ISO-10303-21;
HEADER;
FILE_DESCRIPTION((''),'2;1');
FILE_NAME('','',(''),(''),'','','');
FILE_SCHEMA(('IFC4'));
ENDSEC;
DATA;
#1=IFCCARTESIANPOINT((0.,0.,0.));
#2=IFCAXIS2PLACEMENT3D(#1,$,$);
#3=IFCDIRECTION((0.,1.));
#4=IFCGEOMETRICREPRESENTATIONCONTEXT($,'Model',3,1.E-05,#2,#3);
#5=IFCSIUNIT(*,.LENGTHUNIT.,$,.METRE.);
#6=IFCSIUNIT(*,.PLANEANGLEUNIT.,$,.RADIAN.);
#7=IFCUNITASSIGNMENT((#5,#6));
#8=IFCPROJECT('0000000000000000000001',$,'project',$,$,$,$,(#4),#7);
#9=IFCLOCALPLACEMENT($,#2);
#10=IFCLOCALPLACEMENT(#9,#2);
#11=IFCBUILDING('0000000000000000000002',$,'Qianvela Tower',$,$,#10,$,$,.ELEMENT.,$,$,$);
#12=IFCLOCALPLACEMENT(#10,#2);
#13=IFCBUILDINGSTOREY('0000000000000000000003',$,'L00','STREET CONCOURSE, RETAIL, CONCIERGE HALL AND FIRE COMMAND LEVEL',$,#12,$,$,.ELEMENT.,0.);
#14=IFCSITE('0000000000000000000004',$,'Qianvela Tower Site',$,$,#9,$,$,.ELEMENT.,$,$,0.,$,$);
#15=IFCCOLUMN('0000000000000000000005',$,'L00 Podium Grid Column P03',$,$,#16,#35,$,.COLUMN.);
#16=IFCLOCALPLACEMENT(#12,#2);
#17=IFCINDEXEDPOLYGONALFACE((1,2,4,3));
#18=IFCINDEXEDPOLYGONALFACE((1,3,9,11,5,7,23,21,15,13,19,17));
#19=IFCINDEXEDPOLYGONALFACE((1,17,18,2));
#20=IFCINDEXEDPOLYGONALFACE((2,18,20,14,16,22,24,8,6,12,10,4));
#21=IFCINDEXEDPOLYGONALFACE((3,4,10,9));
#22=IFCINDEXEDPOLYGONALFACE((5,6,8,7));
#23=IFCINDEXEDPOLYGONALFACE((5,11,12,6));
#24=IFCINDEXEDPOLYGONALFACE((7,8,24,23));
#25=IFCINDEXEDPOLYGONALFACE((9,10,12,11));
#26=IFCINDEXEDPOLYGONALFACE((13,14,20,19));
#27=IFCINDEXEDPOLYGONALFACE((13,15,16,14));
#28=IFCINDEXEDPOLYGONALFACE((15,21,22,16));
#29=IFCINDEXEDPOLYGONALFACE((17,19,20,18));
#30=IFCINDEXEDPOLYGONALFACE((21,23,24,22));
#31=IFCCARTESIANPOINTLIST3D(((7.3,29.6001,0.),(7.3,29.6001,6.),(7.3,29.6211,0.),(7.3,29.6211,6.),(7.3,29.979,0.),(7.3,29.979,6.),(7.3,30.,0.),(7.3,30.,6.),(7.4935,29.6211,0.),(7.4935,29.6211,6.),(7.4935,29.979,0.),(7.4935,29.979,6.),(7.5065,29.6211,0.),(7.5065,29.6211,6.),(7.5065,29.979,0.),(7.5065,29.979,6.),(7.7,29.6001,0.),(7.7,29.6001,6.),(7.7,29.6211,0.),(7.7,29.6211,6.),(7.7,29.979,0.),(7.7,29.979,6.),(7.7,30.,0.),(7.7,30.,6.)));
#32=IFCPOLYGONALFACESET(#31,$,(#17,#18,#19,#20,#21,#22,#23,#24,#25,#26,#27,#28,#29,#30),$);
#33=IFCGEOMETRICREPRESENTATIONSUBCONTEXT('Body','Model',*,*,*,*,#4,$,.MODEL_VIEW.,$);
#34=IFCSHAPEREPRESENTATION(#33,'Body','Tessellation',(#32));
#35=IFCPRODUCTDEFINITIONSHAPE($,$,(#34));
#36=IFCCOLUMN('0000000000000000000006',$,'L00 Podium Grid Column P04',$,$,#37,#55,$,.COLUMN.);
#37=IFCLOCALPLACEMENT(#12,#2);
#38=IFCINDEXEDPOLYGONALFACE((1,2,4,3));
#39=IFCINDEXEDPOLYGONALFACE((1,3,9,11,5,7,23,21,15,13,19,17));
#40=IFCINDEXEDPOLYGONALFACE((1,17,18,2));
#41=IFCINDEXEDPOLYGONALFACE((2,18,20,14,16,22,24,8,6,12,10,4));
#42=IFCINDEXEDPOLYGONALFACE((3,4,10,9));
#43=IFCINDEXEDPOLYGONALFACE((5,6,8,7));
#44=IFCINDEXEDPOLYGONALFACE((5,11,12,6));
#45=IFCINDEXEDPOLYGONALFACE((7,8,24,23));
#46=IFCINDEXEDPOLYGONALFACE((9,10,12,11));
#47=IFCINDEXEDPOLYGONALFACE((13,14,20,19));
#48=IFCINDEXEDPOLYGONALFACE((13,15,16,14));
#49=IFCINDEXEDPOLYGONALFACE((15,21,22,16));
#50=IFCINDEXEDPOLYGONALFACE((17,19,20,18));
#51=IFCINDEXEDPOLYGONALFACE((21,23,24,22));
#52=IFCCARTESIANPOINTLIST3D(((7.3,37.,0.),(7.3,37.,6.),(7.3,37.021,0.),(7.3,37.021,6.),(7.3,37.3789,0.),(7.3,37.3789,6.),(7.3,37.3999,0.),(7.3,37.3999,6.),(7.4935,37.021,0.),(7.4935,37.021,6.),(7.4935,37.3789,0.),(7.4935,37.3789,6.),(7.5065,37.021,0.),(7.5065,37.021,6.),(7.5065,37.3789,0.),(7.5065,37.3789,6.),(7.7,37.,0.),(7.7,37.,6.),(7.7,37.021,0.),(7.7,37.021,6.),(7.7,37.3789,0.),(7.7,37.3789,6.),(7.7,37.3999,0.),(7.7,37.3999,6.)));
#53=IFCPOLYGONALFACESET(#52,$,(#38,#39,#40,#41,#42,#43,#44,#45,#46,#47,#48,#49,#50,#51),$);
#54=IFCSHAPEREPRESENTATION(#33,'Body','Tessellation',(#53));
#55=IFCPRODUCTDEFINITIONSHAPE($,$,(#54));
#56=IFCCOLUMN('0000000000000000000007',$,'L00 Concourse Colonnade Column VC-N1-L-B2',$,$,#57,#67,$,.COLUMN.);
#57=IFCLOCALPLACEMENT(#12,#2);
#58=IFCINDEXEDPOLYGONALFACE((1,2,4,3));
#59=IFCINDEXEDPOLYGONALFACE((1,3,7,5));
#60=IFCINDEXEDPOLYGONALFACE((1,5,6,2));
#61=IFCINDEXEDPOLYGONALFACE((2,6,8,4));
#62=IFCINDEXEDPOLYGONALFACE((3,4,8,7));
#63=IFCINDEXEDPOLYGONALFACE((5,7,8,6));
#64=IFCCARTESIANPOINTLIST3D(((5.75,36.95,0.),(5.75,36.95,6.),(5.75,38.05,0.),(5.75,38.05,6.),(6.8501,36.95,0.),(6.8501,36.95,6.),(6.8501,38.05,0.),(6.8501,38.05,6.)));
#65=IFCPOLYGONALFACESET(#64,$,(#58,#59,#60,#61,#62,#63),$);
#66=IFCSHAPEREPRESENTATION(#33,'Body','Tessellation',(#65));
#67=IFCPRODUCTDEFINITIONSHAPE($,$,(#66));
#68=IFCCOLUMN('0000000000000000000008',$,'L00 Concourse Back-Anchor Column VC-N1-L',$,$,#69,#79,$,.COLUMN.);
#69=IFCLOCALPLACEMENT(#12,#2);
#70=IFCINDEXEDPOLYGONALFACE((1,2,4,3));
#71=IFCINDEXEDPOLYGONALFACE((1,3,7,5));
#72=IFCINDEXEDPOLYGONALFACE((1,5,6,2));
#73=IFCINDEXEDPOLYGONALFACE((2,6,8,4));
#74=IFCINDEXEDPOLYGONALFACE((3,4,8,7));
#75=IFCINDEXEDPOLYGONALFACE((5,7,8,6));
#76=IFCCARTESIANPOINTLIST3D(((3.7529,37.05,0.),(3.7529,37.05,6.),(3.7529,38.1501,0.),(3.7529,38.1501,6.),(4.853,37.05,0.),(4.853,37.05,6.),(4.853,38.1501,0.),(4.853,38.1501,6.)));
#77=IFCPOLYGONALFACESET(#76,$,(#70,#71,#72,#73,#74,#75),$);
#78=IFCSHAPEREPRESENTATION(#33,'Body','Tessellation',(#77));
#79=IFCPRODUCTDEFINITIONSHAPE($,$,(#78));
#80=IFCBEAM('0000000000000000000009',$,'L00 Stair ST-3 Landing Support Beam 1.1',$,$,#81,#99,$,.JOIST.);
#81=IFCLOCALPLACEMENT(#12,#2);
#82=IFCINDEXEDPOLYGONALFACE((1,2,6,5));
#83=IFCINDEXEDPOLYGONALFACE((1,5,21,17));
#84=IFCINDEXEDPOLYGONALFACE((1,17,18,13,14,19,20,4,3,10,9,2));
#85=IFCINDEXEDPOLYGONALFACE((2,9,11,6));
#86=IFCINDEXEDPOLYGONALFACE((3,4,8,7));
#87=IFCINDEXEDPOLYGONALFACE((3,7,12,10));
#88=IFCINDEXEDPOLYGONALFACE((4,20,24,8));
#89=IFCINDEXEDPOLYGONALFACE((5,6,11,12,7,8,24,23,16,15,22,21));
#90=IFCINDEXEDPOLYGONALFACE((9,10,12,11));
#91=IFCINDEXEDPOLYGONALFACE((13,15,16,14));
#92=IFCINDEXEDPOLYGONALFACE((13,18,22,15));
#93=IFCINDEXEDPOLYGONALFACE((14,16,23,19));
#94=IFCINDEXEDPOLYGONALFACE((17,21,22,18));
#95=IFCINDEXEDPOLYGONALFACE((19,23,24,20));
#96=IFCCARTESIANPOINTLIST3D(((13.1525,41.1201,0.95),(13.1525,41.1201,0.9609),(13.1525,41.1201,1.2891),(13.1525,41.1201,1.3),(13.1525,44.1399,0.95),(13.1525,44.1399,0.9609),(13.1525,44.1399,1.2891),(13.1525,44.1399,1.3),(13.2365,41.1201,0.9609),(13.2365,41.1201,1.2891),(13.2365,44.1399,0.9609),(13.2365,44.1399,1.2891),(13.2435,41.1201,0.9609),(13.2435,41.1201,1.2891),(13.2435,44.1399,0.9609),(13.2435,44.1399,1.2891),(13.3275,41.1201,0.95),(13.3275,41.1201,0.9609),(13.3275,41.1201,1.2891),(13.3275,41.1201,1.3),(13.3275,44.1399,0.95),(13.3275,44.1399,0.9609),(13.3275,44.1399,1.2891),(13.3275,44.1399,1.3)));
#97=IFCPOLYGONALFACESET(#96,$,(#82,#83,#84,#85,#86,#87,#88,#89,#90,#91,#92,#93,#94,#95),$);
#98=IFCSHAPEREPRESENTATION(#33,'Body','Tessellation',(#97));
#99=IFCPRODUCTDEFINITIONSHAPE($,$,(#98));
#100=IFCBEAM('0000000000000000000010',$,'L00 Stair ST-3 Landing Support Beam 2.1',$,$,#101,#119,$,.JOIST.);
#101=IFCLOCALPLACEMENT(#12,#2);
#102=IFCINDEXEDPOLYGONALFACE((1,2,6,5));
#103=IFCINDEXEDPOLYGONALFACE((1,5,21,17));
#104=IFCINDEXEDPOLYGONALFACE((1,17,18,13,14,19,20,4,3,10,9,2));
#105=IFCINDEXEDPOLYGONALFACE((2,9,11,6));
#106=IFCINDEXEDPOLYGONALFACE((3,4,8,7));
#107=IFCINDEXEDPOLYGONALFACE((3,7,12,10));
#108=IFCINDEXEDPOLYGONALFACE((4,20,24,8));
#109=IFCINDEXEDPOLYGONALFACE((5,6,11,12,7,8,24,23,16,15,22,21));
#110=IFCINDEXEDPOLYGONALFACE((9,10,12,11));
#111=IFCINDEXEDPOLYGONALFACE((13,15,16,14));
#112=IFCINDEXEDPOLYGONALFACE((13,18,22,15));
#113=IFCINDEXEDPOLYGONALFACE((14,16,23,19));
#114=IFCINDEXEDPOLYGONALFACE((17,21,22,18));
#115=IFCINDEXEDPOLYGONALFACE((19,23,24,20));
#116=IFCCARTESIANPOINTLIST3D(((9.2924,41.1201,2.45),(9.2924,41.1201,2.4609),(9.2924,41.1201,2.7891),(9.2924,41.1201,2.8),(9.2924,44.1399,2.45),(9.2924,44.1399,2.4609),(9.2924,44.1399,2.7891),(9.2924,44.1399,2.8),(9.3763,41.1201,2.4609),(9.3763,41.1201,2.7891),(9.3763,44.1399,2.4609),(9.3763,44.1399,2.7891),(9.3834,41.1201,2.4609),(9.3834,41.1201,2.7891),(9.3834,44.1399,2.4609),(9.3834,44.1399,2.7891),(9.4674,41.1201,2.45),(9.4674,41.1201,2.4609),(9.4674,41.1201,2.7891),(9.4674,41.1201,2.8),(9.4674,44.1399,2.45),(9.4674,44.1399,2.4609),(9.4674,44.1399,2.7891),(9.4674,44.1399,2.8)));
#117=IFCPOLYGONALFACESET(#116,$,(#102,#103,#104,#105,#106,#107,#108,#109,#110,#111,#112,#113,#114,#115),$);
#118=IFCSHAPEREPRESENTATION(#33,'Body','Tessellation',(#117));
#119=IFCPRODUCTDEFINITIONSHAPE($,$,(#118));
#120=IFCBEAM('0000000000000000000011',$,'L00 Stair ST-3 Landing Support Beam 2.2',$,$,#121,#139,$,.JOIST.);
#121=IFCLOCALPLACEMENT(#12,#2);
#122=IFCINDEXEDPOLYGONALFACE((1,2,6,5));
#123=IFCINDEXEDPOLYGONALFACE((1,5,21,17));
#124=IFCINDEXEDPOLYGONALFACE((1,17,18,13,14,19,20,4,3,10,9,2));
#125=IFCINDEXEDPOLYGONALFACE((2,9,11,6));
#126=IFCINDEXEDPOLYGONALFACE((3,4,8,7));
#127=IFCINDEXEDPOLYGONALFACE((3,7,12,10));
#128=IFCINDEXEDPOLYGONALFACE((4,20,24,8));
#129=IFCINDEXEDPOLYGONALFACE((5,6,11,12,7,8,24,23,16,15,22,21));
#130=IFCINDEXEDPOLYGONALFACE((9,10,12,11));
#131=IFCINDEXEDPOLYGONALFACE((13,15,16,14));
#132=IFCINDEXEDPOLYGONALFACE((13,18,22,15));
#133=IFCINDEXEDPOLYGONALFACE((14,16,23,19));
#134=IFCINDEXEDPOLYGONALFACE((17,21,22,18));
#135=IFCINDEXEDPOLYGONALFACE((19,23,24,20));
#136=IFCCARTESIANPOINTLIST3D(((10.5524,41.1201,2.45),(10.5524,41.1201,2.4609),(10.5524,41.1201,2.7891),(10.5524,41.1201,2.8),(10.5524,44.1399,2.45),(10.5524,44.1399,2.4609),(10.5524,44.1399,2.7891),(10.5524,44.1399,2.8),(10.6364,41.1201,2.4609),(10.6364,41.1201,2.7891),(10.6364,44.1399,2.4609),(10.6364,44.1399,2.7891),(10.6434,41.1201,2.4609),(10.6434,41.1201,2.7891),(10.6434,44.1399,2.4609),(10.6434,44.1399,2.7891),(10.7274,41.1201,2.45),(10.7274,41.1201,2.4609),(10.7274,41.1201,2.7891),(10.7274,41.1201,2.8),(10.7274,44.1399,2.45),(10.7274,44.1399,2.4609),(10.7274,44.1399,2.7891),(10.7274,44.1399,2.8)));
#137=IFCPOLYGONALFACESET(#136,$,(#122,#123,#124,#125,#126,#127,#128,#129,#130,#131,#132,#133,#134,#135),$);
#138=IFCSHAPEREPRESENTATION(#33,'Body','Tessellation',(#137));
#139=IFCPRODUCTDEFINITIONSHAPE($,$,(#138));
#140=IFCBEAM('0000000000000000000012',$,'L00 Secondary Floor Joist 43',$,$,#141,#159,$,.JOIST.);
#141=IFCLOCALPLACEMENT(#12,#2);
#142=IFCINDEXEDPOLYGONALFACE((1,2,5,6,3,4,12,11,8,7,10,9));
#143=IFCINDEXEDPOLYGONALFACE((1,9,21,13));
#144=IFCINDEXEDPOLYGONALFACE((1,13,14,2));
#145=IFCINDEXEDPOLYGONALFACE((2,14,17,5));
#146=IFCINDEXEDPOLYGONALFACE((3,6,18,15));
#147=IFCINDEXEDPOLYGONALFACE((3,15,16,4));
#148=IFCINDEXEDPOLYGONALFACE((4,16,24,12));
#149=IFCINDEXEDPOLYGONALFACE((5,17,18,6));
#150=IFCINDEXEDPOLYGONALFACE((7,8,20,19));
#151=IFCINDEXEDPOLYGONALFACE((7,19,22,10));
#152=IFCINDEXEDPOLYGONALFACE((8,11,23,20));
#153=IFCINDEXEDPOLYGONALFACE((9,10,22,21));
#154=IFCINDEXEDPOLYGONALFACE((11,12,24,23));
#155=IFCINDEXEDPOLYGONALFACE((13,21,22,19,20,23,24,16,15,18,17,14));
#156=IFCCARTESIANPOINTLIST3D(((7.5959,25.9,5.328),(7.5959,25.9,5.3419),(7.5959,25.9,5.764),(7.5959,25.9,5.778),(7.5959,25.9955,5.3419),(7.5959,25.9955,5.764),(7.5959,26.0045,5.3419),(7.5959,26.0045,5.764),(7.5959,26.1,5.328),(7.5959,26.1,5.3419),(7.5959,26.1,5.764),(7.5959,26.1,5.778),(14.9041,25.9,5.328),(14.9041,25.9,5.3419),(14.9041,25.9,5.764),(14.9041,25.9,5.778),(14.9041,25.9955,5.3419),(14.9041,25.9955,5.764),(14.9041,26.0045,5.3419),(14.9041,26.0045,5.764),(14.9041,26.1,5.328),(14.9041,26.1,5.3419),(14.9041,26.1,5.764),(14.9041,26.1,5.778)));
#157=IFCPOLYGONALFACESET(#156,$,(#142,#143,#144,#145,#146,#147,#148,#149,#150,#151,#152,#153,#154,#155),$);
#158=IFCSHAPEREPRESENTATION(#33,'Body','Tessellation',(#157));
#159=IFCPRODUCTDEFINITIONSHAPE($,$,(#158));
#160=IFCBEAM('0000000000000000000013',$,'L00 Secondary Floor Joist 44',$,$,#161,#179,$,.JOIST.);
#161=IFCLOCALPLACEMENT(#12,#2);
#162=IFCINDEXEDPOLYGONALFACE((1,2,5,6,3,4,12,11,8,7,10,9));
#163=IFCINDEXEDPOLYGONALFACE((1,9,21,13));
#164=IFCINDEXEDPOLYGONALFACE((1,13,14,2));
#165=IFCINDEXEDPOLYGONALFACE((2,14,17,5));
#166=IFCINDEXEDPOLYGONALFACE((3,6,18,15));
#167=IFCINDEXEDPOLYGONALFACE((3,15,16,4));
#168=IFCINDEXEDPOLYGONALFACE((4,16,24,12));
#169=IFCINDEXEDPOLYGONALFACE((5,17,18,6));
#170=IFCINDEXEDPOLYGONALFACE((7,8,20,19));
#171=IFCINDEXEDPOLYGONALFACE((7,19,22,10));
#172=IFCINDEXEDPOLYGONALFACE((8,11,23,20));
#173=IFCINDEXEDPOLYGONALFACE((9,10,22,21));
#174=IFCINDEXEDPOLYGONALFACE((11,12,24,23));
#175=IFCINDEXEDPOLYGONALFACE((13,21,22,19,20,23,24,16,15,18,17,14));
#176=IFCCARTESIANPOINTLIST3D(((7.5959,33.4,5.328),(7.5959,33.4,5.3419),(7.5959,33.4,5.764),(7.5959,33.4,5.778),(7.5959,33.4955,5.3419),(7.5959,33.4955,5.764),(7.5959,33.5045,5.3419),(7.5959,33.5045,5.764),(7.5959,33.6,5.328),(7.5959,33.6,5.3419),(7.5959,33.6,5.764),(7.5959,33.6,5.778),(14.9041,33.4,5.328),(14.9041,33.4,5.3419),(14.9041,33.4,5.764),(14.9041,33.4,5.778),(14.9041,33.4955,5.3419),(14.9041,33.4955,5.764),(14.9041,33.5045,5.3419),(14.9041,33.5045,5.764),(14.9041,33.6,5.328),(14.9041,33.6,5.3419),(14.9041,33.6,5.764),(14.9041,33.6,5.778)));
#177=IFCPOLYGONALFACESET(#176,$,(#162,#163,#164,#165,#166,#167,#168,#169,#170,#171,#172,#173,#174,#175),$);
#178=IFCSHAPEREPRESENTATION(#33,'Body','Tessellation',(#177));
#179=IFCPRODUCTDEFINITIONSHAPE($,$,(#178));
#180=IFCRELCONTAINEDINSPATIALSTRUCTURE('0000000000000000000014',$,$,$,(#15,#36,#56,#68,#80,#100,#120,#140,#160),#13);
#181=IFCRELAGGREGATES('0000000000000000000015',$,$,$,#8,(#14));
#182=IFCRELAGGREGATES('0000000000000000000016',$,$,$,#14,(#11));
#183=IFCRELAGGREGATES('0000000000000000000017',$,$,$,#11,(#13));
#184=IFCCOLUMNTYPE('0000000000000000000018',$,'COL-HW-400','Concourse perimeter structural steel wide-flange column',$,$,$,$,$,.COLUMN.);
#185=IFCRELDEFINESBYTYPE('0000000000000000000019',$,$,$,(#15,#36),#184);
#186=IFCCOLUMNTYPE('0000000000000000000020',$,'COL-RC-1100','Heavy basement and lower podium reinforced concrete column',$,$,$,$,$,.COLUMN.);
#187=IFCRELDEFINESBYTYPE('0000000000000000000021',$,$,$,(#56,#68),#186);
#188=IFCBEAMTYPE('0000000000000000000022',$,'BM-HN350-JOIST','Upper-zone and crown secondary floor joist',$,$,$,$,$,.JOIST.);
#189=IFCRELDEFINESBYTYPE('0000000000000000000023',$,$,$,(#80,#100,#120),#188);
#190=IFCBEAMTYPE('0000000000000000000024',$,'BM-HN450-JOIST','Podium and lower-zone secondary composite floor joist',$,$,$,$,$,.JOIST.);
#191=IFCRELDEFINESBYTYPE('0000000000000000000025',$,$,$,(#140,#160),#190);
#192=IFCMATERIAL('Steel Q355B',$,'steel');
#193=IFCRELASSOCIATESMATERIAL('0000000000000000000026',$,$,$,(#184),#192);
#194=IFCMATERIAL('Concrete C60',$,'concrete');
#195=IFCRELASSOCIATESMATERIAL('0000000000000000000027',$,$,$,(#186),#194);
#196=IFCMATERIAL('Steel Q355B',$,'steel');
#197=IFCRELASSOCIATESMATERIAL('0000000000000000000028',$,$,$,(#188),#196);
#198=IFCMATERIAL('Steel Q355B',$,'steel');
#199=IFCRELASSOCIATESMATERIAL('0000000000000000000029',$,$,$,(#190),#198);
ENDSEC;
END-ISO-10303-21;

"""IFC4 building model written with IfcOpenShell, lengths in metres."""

from ifc_helpers import new_model, si_unit, direction, frame, origin, origin_2d, place, context, subcontext, project, spatial, rectangle, i_section, extrude, material, material_profile, profile_set, type_object, element, save


model = new_model("IFC4")

# Units and contexts
model_context = context("Model", 3, precision=1e-05, world=origin(), true_north=direction((0.0, 1.0)))
body_context = subcontext(model_context, "Body", "Model", "MODEL_VIEW")
ifc_project = project(units=[si_unit("LENGTHUNIT", "METRE"), si_unit("PLANEANGLEUNIT", "RADIAN")], contexts=[model_context])

# Site, building, storey
site_placement = place(None, origin())
site = spatial("IfcSite", under=ifc_project, at=site_placement, Name="Qianvela Tower Site", CompositionType="ELEMENT", RefElevation=0.0)
building_placement = place(site_placement, origin())
building = spatial("IfcBuilding", under=site, at=building_placement, Name="Qianvela Tower", CompositionType="ELEMENT")
storey_placement = place(building_placement, origin())
storey = spatial("IfcBuildingStorey", under=building, at=storey_placement, Name="L00", Description="STREET CONCOURSE, RETAIL, CONCIERGE HALL AND FIRE COMMAND LEVEL", CompositionType="ELEMENT", Elevation=0.0)

# Columns
ifc_material_1 = material(Name="Steel Q355B", Category="steel")
ifc_material_profile_1 = material_profile(ifc_material_1, i_section(OverallWidth=0.3999, OverallDepth=0.3999, WebThickness=0.0129, FlangeThickness=0.021, at=origin_2d()), Name="HW400x400x13x21")
ifc_profile_set_1 = profile_set([ifc_material_profile_1], Name="Steel Q355B")
column_type_1 = type_object("IfcColumnType", Name="COL-HW-400", Description="Concourse perimeter structural steel wide-flange column", PredefinedType="COLUMN", material=ifc_profile_set_1)
for number, where, z_axis, x_axis, name in (
    (1, (7.5, 29.8, 0.0), (0.0, 0.0, 1.0), (1.0, 0.0, 0.0), "L00 Podium Grid Column P03"),
    (2, (7.5, 37.2, 0.0), (0.0, 0.0, 1.0), (1.0, 0.0, 0.0), "L00 Podium Grid Column P04"),
):
    element("IfcColumn", number, at=place(storey_placement, frame(where, z_axis=z_axis, x_axis=x_axis)), inside=storey, type_object=column_type_1, Name=name, PredefinedType="COLUMN", context=body_context, shape_type="SweptSolid", body=[
        extrude(i_section(OverallWidth=0.3999, OverallDepth=0.3999, WebThickness=0.0129, FlangeThickness=0.021, at=origin_2d()), origin(), (0.0, 0.0, 1.0), 6.0),
    ])
ifc_material_2 = material(Name="Concrete C60", Category="concrete")
ifc_material_profile_2 = material_profile(ifc_material_2, rectangle(XDim=1.1001, YDim=1.1001, at=origin_2d()), Name="RC-COL-1100x1100")
ifc_profile_set_2 = profile_set([ifc_material_profile_2], Name="Concrete C60")
column_type_2 = type_object("IfcColumnType", Name="COL-RC-1100", Description="Heavy basement and lower podium reinforced concrete column", PredefinedType="COLUMN", material=ifc_profile_set_2)
for number, where, z_axis, x_axis, name in (
    (3, (6.3, 37.5, 0.0), (0.0, 0.0, 1.0), (1.0, 0.0, 0.0), "L00 Concourse Colonnade Column VC-N1-L-B2"),
    (4, (4.303, 37.6001, 0.0), (0.0, 0.0, 1.0), (1.0, 0.0, 0.0), "L00 Concourse Back-Anchor Column VC-N1-L"),
):
    element("IfcColumn", number, at=place(storey_placement, frame(where, z_axis=z_axis, x_axis=x_axis)), inside=storey, type_object=column_type_2, Name=name, PredefinedType="COLUMN", context=body_context, shape_type="SweptSolid", body=[
        extrude(rectangle(XDim=1.1001, YDim=1.1001, at=origin_2d()), origin(), (0.0, 0.0, 1.0), 6.0),
    ])

# Beams
ifc_material_3 = material(Name="Steel Q355B", Category="steel")
ifc_material_profile_3 = material_profile(ifc_material_3, i_section(OverallWidth=0.175, OverallDepth=0.3501, WebThickness=0.0071, FlangeThickness=0.011, at=origin_2d()), Name="HN350x175x7x11")
ifc_profile_set_3 = profile_set([ifc_material_profile_3], Name="Steel Q355B")
beam_type_1 = type_object("IfcBeamType", Name="BM-HN350-JOIST", Description="Upper-zone and crown secondary floor joist", PredefinedType="JOIST", material=ifc_profile_set_3)
for number, where, z_axis, x_axis, name in (
    (5, (13.24, 41.1201, 1.125), (0.0, 1.0, 0.0), (-1.0, 0.0, 0.0), "L00 Stair ST-3 Landing Support Beam 1.1"),
    (6, (9.3799, 41.1201, 2.625), (0.0, 1.0, 0.0), (-1.0, 0.0, 0.0), "L00 Stair ST-3 Landing Support Beam 2.1"),
    (7, (10.6399, 41.1201, 2.625), (0.0, 1.0, 0.0), (-1.0, 0.0, 0.0), "L00 Stair ST-3 Landing Support Beam 2.2"),
):
    element("IfcBeam", number, at=place(storey_placement, frame(where, z_axis=z_axis, x_axis=x_axis)), inside=storey, type_object=beam_type_1, Name=name, PredefinedType="JOIST", context=body_context, shape_type="SweptSolid", body=[
        extrude(i_section(OverallWidth=0.175, OverallDepth=0.3501, WebThickness=0.0071, FlangeThickness=0.011, at=origin_2d()), origin(), (0.0, 0.0, 1.0), 3.0198),
    ])
ifc_material_4 = material(Name="Steel Q355B", Category="steel")
ifc_material_profile_4 = material_profile(ifc_material_4, i_section(OverallWidth=0.2, OverallDepth=0.45, WebThickness=0.009, FlangeThickness=0.0139, at=origin_2d()), Name="HN450x200x9x14")
ifc_profile_set_4 = profile_set([ifc_material_profile_4], Name="Steel Q355B")
beam_type_2 = type_object("IfcBeamType", Name="BM-HN450-JOIST", Description="Podium and lower-zone secondary composite floor joist", PredefinedType="JOIST", material=ifc_profile_set_4)
for number, where, z_axis, x_axis, name in (
    (8, (7.5959, 26.0, 5.553), (1.0, 0.0, 0.0), (0.0, 1.0, 0.0), "L00 Secondary Floor Joist 43"),
    (9, (7.5959, 33.5, 5.553), (1.0, 0.0, 0.0), (0.0, 1.0, 0.0), "L00 Secondary Floor Joist 44"),
):
    element("IfcBeam", number, at=place(storey_placement, frame(where, z_axis=z_axis, x_axis=x_axis)), inside=storey, type_object=beam_type_2, Name=name, PredefinedType="JOIST", context=body_context, shape_type="SweptSolid", body=[
        extrude(i_section(OverallWidth=0.2, OverallDepth=0.45, WebThickness=0.009, FlangeThickness=0.0139, at=origin_2d()), origin(), (0.0, 0.0, 1.0), 7.3081),
    ])

save(model, "model.ifc")
